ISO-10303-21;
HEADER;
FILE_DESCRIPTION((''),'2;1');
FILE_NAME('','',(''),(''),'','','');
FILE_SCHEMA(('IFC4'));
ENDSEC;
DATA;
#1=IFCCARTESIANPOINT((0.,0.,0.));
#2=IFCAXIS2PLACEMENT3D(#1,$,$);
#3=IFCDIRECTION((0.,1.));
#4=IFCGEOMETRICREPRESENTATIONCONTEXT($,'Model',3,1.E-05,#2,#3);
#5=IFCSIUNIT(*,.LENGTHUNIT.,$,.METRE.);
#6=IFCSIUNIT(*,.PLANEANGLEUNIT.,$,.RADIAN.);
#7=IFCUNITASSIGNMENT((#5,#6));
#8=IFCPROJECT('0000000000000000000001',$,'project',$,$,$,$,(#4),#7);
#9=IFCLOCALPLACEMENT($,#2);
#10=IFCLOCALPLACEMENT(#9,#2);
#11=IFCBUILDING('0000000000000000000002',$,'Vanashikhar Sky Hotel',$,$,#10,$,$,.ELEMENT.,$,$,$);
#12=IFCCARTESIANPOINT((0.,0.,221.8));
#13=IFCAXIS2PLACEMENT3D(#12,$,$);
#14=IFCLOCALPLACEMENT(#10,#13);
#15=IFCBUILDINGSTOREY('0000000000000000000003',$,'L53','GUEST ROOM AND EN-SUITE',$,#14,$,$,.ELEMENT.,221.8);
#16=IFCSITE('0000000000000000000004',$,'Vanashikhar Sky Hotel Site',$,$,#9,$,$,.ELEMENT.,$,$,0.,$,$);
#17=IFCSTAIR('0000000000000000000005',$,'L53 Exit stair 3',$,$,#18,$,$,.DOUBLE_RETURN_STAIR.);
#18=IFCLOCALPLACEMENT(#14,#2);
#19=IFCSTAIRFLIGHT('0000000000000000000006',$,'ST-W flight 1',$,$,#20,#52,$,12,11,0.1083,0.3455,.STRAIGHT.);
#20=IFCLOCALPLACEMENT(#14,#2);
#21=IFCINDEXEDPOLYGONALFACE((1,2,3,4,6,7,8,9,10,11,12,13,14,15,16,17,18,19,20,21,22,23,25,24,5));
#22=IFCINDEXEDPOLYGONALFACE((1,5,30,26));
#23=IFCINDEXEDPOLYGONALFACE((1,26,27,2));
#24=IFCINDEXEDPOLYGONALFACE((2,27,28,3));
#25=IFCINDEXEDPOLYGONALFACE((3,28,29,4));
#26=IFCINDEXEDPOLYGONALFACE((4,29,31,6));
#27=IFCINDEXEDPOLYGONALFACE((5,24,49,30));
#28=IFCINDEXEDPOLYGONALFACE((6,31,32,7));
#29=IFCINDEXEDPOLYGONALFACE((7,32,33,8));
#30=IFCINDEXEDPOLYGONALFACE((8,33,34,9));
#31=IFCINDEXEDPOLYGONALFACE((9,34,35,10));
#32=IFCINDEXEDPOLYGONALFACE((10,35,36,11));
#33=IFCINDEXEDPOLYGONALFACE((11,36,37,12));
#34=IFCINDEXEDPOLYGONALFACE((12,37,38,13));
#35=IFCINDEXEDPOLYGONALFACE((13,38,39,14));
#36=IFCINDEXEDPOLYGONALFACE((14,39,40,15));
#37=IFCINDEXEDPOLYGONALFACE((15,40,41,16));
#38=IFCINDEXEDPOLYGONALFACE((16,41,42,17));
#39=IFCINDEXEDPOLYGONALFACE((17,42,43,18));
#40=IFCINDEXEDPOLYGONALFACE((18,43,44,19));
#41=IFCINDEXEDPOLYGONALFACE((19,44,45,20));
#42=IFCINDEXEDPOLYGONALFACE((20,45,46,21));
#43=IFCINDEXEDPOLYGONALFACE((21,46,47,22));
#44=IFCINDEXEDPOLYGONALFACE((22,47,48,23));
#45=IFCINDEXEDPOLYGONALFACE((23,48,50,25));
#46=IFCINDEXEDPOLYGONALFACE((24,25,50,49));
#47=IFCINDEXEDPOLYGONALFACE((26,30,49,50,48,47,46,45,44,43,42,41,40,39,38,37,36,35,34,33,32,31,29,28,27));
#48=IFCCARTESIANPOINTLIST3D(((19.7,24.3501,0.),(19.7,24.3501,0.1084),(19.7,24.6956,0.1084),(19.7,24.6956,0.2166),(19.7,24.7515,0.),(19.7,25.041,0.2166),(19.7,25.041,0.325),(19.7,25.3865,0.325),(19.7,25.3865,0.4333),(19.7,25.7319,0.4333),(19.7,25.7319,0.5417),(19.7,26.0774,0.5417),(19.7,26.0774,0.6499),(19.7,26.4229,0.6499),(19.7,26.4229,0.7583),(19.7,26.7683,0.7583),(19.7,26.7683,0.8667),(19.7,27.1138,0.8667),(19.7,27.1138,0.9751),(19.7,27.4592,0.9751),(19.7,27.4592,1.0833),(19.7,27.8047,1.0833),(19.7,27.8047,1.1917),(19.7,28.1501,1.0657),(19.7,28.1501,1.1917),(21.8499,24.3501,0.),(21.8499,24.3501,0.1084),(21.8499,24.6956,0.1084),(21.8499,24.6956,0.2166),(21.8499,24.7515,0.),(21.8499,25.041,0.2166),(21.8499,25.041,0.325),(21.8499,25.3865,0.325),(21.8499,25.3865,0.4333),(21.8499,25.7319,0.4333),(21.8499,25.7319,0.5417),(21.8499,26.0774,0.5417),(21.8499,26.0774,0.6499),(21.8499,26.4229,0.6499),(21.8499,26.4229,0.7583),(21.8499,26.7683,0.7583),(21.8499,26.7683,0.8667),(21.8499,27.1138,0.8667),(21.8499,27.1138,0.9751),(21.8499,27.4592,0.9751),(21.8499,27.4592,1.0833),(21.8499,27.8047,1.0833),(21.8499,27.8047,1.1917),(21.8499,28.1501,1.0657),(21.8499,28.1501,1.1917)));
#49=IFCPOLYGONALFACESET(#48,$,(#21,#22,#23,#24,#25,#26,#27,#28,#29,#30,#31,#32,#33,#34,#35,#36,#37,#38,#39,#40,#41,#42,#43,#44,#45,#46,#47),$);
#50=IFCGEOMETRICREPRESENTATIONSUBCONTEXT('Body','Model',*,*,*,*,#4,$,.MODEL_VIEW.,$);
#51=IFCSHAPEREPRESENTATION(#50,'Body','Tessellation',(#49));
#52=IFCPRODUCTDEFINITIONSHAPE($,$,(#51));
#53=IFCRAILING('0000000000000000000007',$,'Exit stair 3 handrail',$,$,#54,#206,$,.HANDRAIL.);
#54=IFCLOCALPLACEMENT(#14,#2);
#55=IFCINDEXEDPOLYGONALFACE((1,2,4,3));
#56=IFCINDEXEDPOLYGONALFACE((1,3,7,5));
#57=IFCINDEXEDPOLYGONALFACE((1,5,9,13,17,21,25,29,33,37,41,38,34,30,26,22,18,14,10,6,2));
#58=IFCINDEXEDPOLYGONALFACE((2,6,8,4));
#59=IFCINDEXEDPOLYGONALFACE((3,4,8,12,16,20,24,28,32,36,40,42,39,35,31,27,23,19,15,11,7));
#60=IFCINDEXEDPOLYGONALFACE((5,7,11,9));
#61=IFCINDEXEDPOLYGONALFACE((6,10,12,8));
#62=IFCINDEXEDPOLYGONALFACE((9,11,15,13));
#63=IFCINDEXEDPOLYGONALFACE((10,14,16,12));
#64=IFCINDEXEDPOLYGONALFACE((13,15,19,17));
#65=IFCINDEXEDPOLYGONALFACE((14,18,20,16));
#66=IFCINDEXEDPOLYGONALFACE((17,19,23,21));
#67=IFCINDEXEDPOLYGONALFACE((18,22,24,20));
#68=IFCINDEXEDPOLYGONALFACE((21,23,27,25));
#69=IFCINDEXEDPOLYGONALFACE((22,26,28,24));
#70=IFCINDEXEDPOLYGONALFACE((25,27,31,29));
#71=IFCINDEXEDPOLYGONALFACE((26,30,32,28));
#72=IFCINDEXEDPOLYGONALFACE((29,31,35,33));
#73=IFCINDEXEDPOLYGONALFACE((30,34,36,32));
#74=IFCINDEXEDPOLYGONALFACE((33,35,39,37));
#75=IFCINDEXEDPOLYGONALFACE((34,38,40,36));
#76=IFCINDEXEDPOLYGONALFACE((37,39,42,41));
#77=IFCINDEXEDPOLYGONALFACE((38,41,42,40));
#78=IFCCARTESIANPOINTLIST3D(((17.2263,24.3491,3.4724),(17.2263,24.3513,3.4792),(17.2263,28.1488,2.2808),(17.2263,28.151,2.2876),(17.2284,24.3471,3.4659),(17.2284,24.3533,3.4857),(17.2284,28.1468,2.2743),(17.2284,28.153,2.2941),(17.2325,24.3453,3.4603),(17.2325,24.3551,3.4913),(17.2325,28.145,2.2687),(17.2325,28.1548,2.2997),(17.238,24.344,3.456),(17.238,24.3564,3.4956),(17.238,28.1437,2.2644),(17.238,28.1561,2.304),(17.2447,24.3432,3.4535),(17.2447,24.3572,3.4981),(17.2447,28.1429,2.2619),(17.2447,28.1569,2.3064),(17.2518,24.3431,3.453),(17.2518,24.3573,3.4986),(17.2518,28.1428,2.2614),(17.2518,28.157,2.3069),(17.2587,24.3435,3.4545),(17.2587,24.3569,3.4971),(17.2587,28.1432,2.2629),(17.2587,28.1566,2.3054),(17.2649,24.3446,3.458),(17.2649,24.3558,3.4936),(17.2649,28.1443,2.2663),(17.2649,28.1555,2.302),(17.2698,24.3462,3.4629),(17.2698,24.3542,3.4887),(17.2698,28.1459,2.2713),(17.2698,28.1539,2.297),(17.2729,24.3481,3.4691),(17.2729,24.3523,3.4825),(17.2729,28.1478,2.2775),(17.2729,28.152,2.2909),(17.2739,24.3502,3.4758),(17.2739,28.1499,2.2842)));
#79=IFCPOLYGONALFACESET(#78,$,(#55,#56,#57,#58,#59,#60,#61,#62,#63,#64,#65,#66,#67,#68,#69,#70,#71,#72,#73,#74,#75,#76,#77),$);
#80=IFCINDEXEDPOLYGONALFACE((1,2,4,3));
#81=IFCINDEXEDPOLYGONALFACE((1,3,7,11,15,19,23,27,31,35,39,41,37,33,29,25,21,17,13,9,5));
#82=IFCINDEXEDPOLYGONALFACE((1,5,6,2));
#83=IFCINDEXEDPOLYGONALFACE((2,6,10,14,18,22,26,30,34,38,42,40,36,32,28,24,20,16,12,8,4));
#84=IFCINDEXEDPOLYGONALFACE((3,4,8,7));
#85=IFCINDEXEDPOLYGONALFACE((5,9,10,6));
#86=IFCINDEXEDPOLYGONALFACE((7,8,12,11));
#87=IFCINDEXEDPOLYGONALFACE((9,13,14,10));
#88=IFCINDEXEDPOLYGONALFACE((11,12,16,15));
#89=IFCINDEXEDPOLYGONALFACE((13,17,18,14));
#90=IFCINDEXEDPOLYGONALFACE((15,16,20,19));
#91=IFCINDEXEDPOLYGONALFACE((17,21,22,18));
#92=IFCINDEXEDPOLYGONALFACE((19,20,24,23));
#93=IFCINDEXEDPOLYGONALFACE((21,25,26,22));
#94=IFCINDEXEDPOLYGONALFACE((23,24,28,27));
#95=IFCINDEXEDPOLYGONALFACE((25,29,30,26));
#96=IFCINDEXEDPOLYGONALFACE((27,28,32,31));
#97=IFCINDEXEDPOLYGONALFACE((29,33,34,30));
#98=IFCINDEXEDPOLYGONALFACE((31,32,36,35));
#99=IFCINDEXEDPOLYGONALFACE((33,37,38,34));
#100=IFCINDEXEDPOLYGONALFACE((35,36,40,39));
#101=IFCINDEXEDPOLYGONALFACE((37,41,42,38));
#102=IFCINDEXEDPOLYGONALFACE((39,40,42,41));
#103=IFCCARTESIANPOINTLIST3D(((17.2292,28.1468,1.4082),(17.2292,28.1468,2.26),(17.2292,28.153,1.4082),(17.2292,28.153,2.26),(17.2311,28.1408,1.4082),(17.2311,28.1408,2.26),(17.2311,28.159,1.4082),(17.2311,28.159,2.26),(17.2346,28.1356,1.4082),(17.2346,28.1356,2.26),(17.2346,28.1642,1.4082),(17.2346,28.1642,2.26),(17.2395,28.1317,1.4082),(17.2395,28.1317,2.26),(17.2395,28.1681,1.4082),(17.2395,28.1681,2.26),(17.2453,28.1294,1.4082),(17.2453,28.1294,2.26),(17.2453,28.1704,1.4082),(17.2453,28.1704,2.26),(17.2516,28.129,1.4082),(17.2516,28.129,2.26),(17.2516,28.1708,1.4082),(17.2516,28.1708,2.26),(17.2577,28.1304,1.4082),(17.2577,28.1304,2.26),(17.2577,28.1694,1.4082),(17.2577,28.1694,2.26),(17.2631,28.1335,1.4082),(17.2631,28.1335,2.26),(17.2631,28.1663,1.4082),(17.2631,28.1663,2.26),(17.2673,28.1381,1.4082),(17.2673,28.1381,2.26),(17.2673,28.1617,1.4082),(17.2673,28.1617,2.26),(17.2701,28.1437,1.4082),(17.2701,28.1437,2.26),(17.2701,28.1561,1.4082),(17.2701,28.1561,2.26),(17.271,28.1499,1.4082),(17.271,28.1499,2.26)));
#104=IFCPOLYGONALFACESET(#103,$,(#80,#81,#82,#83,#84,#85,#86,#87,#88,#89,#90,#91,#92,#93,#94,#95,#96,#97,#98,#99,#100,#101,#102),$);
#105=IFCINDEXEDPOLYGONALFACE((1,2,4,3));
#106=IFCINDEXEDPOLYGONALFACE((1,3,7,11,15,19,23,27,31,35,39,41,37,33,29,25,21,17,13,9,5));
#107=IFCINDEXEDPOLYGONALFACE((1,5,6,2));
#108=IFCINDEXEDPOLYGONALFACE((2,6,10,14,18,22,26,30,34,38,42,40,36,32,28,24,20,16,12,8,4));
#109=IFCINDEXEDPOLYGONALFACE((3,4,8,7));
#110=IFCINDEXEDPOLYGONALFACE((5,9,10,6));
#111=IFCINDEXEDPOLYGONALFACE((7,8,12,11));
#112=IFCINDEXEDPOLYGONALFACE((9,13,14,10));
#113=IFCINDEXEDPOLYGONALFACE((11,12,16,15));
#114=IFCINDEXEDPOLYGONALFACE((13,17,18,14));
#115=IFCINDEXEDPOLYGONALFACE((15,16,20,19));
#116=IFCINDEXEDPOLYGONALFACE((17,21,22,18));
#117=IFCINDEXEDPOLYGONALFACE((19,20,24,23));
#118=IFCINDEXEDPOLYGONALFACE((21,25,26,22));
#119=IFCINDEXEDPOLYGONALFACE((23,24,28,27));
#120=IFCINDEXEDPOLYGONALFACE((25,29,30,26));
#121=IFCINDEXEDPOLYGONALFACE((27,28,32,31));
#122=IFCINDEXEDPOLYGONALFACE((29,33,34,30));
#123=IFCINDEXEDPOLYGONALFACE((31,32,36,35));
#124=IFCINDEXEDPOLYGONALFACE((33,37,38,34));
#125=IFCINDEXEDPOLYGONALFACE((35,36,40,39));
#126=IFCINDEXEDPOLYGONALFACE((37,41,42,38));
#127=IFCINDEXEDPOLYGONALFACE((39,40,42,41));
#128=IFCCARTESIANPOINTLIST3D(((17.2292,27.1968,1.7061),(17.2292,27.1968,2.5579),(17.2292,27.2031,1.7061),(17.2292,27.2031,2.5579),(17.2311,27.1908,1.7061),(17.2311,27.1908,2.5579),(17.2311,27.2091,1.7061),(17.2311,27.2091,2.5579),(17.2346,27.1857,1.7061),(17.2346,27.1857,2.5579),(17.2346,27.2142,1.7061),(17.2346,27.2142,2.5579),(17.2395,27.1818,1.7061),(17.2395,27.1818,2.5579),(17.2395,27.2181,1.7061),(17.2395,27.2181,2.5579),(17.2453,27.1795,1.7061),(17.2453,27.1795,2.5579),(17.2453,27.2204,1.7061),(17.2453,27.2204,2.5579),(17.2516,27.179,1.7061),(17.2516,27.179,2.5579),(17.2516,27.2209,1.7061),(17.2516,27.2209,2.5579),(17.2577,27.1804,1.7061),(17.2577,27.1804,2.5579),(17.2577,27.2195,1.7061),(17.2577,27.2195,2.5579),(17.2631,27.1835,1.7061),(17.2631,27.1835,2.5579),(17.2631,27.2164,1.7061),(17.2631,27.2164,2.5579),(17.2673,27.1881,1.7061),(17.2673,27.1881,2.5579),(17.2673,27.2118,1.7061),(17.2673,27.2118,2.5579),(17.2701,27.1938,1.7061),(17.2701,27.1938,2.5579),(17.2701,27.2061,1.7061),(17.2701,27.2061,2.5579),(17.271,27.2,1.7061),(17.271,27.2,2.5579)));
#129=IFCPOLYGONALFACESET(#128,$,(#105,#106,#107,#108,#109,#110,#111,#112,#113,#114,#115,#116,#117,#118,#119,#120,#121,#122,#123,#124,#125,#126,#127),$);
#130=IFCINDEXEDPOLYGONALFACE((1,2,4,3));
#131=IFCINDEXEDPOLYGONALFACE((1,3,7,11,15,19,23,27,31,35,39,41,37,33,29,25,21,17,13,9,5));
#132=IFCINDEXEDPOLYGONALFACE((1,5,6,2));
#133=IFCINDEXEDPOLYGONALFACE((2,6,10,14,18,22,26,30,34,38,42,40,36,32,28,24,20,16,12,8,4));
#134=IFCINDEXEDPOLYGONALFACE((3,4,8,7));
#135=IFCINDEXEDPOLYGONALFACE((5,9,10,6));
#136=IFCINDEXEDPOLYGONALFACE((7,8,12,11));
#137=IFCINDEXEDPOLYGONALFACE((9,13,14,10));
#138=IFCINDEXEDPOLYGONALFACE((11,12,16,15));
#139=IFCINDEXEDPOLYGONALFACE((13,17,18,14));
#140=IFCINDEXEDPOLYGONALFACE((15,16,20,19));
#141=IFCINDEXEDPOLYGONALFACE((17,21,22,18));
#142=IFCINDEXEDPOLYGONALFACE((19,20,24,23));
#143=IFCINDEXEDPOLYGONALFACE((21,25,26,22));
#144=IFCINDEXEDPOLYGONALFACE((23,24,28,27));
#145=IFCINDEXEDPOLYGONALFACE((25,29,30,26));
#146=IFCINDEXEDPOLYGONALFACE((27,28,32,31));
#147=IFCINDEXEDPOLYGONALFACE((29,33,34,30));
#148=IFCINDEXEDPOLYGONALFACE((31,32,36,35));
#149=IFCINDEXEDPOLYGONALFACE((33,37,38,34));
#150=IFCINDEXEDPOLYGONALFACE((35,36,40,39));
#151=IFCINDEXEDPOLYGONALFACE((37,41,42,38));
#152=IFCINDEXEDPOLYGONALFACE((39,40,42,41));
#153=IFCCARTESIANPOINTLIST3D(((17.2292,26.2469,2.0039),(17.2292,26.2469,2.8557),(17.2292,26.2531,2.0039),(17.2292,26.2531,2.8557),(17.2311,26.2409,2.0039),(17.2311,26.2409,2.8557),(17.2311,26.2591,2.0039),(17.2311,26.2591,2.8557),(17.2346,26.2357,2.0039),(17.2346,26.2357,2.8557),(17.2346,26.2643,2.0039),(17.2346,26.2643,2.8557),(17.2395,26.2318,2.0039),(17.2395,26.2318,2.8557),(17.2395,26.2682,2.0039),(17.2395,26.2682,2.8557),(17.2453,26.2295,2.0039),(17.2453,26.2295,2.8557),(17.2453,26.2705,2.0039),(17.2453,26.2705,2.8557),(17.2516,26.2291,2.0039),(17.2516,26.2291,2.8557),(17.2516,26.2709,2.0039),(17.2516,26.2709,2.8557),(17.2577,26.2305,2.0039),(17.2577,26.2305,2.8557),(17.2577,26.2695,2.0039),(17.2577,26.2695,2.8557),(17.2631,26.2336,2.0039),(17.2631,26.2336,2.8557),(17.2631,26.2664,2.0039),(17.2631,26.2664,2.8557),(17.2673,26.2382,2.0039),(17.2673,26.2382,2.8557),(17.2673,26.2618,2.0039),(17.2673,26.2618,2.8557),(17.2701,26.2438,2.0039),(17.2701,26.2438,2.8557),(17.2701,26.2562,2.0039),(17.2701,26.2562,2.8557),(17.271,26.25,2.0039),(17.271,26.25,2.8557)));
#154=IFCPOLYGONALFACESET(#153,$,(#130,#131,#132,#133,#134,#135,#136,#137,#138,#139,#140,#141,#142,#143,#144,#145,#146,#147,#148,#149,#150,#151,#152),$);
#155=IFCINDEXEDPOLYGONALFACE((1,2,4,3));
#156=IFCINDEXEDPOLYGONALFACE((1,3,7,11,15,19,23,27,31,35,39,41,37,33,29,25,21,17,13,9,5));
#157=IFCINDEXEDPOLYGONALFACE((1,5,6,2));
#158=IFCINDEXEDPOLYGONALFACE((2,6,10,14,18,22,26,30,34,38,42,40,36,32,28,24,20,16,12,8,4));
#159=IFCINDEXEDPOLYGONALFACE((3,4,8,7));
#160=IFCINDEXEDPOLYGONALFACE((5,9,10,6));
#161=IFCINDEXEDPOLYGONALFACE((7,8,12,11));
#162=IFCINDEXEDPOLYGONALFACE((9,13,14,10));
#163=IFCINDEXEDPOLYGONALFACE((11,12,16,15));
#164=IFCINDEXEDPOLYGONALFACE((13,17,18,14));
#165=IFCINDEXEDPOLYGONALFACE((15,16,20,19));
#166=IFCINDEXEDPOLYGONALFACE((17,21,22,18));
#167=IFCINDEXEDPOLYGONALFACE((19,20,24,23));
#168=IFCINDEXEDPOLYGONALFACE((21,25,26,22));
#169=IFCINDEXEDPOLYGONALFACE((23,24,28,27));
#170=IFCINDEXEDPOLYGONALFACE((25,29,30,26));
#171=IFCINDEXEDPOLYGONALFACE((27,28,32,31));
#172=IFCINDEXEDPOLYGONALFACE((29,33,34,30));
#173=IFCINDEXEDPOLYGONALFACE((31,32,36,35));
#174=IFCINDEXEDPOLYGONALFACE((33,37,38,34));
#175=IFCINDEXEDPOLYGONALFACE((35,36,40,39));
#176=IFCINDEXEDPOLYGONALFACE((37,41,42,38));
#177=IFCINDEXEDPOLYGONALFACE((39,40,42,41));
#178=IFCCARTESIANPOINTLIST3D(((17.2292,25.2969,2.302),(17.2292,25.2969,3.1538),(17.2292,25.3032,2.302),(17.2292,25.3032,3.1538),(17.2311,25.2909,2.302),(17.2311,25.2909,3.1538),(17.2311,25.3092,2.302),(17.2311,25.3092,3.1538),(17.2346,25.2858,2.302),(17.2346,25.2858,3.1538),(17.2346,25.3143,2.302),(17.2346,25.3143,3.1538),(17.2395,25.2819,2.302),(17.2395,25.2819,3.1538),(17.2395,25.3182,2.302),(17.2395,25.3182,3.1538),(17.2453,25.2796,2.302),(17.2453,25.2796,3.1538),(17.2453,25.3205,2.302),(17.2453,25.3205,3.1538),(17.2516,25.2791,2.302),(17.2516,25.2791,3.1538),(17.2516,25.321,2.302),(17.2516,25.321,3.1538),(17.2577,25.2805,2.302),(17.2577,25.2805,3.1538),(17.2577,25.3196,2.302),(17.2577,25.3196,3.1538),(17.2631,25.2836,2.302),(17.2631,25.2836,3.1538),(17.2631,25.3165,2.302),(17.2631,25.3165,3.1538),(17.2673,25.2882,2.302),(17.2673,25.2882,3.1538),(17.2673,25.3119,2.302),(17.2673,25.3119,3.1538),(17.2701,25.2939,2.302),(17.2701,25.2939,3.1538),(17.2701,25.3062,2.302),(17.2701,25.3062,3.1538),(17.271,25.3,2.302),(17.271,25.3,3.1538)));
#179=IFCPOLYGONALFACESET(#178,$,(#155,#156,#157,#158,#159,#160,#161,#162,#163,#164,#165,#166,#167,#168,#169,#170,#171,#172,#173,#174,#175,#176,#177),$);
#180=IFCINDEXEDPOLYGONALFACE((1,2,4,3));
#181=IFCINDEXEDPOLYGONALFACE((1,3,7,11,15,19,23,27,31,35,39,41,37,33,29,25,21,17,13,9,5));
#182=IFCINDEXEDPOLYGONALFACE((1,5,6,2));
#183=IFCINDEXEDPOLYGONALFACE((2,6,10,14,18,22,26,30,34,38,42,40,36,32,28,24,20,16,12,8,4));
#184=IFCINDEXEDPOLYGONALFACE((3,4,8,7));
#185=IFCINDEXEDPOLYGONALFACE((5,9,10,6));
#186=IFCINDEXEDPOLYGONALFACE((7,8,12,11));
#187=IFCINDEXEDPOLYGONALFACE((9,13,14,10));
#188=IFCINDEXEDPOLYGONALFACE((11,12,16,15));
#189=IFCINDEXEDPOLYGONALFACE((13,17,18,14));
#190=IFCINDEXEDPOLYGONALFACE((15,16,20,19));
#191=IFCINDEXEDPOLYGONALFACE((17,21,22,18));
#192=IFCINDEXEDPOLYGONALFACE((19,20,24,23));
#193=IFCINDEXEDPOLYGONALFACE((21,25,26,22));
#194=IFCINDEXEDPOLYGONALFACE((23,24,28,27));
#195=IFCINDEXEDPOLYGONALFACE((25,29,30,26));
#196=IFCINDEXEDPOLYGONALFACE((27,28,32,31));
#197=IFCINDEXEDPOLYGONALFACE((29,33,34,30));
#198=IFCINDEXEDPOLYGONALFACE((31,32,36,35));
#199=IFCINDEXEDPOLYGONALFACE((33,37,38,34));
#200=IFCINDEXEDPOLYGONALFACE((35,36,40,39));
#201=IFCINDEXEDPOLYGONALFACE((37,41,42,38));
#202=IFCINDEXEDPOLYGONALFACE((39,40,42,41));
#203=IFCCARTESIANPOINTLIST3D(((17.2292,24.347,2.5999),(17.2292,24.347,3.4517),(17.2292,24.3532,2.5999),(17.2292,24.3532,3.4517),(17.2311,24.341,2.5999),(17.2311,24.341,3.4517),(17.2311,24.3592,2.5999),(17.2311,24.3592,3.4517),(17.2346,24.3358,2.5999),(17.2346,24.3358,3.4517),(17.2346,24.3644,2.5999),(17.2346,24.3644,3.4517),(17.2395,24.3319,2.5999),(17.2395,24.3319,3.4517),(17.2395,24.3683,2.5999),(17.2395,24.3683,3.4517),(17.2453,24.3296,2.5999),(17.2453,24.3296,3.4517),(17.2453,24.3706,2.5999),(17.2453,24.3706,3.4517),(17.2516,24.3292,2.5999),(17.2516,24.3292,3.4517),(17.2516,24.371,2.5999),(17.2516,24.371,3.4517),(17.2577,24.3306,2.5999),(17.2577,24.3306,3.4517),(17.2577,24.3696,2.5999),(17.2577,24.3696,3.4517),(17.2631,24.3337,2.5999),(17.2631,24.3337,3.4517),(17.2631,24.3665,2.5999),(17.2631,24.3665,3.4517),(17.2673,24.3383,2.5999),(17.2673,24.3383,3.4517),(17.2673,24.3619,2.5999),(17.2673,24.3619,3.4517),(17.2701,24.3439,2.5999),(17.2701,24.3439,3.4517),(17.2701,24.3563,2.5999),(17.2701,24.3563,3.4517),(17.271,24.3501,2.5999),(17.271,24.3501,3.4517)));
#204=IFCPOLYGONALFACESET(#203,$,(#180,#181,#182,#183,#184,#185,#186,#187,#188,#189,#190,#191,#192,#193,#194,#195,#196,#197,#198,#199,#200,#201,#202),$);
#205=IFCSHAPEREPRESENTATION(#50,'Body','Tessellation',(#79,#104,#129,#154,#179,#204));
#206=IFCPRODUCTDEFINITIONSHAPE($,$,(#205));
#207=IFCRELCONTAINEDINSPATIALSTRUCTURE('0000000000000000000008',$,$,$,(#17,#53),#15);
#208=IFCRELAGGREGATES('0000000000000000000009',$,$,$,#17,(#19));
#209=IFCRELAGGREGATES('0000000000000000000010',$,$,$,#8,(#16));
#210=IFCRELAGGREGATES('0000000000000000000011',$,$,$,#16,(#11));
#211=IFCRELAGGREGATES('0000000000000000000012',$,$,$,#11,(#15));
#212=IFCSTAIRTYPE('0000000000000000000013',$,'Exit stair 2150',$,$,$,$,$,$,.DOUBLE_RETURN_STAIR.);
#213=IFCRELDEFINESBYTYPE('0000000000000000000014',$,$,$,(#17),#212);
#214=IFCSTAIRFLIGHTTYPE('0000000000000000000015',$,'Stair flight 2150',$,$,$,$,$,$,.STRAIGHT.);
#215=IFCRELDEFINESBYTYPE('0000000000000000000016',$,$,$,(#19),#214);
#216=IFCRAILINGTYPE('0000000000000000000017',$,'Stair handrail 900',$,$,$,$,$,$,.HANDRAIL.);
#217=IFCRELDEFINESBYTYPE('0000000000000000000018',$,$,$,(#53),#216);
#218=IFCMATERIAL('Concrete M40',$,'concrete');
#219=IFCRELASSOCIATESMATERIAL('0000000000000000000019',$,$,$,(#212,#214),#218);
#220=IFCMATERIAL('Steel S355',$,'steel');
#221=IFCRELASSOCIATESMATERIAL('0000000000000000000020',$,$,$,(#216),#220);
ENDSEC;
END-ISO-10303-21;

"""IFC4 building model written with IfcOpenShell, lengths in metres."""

from ifc_helpers import new_model, si_unit, direction, frame, origin, origin_2d, place, context, subcontext, project, spatial, polyline, circle, outline, extrude, source, transform, mapped, material, type_object, element, aggregate, save


model = new_model("IFC4")

# Units and contexts
model_context = context("Model", 3, precision=1e-05, world=origin(), true_north=direction((0.0, 1.0)))
body_context = subcontext(model_context, "Body", "Model", "MODEL_VIEW")
ifc_project = project(units=[si_unit("LENGTHUNIT", "METRE"), si_unit("PLANEANGLEUNIT", "RADIAN")], contexts=[model_context])

# Site, building, storey
site_placement = place(None, origin())
site = spatial("IfcSite", under=ifc_project, at=site_placement, Name="Vanashikhar Sky Hotel Site", CompositionType="ELEMENT", RefElevation=0.0)
building_placement = place(site_placement, origin())
building = spatial("IfcBuilding", under=site, at=building_placement, Name="Vanashikhar Sky Hotel", CompositionType="ELEMENT")
storey_placement = place(building_placement, frame((0.0, 0.0, 221.8)))
storey = spatial("IfcBuildingStorey", under=building, at=storey_placement, Name="L53", Description="GUEST ROOM AND EN-SUITE", CompositionType="ELEMENT", Elevation=221.8)

# Stair, stair flight
ifc_material_1 = material(Name="Concrete M40", Category="concrete")
stair_type = type_object("IfcStairType", Name="Exit stair 2150", PredefinedType="DOUBLE_RETURN_STAIR", material=ifc_material_1)
stair_placement = place(storey_placement, origin())
stair = element("IfcStair", 1, at=stair_placement, inside=storey, type_object=stair_type, Name="L53 Exit stair 3", PredefinedType="DOUBLE_RETURN_STAIR")
stair_flight_type = type_object("IfcStairFlightType", Name="Stair flight 2150", PredefinedType="STRAIGHT", material=ifc_material_1)
shared_shape_1 = source(origin(), body_context, "Body", "SweptSolid", [
    extrude(outline(polyline([(0.0, 0.0), (0.0, 0.1084), (0.3455, 0.1084), (0.3455, 0.2166), (0.6909, 0.2166), (0.6909, 0.325), (1.0364, 0.325), (1.0364, 0.4333), (1.3818, 0.4333), (1.3818, 0.5417), (1.7273, 0.5417), (1.7273, 0.6499), (2.0728, 0.6499), (2.0728, 0.7583), (2.4182, 0.7583), (2.4182, 0.8667), (2.7637, 0.8667), (2.7637, 0.9751), (3.1091, 0.9751), (3.1091, 1.0833), (3.4546, 1.0833), (3.4546, 1.1917), (3.8, 1.1917), (3.8, 1.3), (3.8, 1.0657), (0.4014, 0.0), (0.0, 0.0)])), frame((0.0, 1.075, 0.0), z_axis=(0.0, -1.0, 0.0), x_axis=(1.0, 0.0, 0.0)), (0.0, 0.0, 1.0), 2.1499),
])
stair_flight_placement = place(storey_placement, frame((20.7749, 24.3501, 0.0), z_axis=(0.0, 0.0, 1.0), x_axis=(0.0, 1.0, 0.0)))
stair_flight = element("IfcStairFlight", 2, at=stair_flight_placement, type_object=stair_flight_type, Name="ST-W flight 1", NumberOfRisers=12, NumberOfTreads=11, PredefinedType="STRAIGHT", RiserHeight=0.1083, TreadLength=0.3455, context=body_context, shape_type="MappedRepresentation", body=[
    mapped(shared_shape_1, transform((0.0, 0.0, 0.0), scale=1.0)),
])
aggregate(stair, [stair_flight])

# Railing
ifc_material_2 = material(Name="Steel S355", Category="steel")
railing_type_1 = type_object("IfcRailingType", Name="Stair handrail 900", PredefinedType="HANDRAIL", material=ifc_material_2)
shared_shape_2 = source(origin(), body_context, "Body", "SweptSolid", [
    extrude(circle(Radius=0.0239, at=origin_2d()), frame((0.0, 0.0, 0.876), z_axis=(0.0, -0.954178, 0.299238), x_axis=(1.0, 0.0, 0.0)), (0.0, 0.0, 1.0), 3.9822),
    extrude(circle(Radius=0.021, at=origin_2d()), origin(), (0.0, 0.0, 1.0), 0.8518),
    extrude(circle(Radius=0.021, at=origin_2d()), frame((0.0, -0.95, 0.2979)), (0.0, 0.0, 1.0), 0.8518),
    extrude(circle(Radius=0.021, at=origin_2d()), frame((0.0, -1.8999, 0.5957)), (0.0, 0.0, 1.0), 0.8518),
    extrude(circle(Radius=0.021, at=origin_2d()), frame((0.0, -2.8499, 0.8938)), (0.0, 0.0, 1.0), 0.8518),
    extrude(circle(Radius=0.021, at=origin_2d()), frame((0.0, -3.7998, 1.1917)), (0.0, 0.0, 1.0), 0.8518),
])
railing_1_placement = place(storey_placement, frame((17.25, 28.1499, 1.4082)))
element("IfcRailing", 3, at=railing_1_placement, inside=storey, type_object=railing_type_1, Name="Exit stair 3 handrail", PredefinedType="HANDRAIL", context=body_context, shape_type="MappedRepresentation", body=[
    mapped(shared_shape_2, transform((0.0, 0.0, 0.0), scale=1.0)),
])

save(model, "model.ifc")
